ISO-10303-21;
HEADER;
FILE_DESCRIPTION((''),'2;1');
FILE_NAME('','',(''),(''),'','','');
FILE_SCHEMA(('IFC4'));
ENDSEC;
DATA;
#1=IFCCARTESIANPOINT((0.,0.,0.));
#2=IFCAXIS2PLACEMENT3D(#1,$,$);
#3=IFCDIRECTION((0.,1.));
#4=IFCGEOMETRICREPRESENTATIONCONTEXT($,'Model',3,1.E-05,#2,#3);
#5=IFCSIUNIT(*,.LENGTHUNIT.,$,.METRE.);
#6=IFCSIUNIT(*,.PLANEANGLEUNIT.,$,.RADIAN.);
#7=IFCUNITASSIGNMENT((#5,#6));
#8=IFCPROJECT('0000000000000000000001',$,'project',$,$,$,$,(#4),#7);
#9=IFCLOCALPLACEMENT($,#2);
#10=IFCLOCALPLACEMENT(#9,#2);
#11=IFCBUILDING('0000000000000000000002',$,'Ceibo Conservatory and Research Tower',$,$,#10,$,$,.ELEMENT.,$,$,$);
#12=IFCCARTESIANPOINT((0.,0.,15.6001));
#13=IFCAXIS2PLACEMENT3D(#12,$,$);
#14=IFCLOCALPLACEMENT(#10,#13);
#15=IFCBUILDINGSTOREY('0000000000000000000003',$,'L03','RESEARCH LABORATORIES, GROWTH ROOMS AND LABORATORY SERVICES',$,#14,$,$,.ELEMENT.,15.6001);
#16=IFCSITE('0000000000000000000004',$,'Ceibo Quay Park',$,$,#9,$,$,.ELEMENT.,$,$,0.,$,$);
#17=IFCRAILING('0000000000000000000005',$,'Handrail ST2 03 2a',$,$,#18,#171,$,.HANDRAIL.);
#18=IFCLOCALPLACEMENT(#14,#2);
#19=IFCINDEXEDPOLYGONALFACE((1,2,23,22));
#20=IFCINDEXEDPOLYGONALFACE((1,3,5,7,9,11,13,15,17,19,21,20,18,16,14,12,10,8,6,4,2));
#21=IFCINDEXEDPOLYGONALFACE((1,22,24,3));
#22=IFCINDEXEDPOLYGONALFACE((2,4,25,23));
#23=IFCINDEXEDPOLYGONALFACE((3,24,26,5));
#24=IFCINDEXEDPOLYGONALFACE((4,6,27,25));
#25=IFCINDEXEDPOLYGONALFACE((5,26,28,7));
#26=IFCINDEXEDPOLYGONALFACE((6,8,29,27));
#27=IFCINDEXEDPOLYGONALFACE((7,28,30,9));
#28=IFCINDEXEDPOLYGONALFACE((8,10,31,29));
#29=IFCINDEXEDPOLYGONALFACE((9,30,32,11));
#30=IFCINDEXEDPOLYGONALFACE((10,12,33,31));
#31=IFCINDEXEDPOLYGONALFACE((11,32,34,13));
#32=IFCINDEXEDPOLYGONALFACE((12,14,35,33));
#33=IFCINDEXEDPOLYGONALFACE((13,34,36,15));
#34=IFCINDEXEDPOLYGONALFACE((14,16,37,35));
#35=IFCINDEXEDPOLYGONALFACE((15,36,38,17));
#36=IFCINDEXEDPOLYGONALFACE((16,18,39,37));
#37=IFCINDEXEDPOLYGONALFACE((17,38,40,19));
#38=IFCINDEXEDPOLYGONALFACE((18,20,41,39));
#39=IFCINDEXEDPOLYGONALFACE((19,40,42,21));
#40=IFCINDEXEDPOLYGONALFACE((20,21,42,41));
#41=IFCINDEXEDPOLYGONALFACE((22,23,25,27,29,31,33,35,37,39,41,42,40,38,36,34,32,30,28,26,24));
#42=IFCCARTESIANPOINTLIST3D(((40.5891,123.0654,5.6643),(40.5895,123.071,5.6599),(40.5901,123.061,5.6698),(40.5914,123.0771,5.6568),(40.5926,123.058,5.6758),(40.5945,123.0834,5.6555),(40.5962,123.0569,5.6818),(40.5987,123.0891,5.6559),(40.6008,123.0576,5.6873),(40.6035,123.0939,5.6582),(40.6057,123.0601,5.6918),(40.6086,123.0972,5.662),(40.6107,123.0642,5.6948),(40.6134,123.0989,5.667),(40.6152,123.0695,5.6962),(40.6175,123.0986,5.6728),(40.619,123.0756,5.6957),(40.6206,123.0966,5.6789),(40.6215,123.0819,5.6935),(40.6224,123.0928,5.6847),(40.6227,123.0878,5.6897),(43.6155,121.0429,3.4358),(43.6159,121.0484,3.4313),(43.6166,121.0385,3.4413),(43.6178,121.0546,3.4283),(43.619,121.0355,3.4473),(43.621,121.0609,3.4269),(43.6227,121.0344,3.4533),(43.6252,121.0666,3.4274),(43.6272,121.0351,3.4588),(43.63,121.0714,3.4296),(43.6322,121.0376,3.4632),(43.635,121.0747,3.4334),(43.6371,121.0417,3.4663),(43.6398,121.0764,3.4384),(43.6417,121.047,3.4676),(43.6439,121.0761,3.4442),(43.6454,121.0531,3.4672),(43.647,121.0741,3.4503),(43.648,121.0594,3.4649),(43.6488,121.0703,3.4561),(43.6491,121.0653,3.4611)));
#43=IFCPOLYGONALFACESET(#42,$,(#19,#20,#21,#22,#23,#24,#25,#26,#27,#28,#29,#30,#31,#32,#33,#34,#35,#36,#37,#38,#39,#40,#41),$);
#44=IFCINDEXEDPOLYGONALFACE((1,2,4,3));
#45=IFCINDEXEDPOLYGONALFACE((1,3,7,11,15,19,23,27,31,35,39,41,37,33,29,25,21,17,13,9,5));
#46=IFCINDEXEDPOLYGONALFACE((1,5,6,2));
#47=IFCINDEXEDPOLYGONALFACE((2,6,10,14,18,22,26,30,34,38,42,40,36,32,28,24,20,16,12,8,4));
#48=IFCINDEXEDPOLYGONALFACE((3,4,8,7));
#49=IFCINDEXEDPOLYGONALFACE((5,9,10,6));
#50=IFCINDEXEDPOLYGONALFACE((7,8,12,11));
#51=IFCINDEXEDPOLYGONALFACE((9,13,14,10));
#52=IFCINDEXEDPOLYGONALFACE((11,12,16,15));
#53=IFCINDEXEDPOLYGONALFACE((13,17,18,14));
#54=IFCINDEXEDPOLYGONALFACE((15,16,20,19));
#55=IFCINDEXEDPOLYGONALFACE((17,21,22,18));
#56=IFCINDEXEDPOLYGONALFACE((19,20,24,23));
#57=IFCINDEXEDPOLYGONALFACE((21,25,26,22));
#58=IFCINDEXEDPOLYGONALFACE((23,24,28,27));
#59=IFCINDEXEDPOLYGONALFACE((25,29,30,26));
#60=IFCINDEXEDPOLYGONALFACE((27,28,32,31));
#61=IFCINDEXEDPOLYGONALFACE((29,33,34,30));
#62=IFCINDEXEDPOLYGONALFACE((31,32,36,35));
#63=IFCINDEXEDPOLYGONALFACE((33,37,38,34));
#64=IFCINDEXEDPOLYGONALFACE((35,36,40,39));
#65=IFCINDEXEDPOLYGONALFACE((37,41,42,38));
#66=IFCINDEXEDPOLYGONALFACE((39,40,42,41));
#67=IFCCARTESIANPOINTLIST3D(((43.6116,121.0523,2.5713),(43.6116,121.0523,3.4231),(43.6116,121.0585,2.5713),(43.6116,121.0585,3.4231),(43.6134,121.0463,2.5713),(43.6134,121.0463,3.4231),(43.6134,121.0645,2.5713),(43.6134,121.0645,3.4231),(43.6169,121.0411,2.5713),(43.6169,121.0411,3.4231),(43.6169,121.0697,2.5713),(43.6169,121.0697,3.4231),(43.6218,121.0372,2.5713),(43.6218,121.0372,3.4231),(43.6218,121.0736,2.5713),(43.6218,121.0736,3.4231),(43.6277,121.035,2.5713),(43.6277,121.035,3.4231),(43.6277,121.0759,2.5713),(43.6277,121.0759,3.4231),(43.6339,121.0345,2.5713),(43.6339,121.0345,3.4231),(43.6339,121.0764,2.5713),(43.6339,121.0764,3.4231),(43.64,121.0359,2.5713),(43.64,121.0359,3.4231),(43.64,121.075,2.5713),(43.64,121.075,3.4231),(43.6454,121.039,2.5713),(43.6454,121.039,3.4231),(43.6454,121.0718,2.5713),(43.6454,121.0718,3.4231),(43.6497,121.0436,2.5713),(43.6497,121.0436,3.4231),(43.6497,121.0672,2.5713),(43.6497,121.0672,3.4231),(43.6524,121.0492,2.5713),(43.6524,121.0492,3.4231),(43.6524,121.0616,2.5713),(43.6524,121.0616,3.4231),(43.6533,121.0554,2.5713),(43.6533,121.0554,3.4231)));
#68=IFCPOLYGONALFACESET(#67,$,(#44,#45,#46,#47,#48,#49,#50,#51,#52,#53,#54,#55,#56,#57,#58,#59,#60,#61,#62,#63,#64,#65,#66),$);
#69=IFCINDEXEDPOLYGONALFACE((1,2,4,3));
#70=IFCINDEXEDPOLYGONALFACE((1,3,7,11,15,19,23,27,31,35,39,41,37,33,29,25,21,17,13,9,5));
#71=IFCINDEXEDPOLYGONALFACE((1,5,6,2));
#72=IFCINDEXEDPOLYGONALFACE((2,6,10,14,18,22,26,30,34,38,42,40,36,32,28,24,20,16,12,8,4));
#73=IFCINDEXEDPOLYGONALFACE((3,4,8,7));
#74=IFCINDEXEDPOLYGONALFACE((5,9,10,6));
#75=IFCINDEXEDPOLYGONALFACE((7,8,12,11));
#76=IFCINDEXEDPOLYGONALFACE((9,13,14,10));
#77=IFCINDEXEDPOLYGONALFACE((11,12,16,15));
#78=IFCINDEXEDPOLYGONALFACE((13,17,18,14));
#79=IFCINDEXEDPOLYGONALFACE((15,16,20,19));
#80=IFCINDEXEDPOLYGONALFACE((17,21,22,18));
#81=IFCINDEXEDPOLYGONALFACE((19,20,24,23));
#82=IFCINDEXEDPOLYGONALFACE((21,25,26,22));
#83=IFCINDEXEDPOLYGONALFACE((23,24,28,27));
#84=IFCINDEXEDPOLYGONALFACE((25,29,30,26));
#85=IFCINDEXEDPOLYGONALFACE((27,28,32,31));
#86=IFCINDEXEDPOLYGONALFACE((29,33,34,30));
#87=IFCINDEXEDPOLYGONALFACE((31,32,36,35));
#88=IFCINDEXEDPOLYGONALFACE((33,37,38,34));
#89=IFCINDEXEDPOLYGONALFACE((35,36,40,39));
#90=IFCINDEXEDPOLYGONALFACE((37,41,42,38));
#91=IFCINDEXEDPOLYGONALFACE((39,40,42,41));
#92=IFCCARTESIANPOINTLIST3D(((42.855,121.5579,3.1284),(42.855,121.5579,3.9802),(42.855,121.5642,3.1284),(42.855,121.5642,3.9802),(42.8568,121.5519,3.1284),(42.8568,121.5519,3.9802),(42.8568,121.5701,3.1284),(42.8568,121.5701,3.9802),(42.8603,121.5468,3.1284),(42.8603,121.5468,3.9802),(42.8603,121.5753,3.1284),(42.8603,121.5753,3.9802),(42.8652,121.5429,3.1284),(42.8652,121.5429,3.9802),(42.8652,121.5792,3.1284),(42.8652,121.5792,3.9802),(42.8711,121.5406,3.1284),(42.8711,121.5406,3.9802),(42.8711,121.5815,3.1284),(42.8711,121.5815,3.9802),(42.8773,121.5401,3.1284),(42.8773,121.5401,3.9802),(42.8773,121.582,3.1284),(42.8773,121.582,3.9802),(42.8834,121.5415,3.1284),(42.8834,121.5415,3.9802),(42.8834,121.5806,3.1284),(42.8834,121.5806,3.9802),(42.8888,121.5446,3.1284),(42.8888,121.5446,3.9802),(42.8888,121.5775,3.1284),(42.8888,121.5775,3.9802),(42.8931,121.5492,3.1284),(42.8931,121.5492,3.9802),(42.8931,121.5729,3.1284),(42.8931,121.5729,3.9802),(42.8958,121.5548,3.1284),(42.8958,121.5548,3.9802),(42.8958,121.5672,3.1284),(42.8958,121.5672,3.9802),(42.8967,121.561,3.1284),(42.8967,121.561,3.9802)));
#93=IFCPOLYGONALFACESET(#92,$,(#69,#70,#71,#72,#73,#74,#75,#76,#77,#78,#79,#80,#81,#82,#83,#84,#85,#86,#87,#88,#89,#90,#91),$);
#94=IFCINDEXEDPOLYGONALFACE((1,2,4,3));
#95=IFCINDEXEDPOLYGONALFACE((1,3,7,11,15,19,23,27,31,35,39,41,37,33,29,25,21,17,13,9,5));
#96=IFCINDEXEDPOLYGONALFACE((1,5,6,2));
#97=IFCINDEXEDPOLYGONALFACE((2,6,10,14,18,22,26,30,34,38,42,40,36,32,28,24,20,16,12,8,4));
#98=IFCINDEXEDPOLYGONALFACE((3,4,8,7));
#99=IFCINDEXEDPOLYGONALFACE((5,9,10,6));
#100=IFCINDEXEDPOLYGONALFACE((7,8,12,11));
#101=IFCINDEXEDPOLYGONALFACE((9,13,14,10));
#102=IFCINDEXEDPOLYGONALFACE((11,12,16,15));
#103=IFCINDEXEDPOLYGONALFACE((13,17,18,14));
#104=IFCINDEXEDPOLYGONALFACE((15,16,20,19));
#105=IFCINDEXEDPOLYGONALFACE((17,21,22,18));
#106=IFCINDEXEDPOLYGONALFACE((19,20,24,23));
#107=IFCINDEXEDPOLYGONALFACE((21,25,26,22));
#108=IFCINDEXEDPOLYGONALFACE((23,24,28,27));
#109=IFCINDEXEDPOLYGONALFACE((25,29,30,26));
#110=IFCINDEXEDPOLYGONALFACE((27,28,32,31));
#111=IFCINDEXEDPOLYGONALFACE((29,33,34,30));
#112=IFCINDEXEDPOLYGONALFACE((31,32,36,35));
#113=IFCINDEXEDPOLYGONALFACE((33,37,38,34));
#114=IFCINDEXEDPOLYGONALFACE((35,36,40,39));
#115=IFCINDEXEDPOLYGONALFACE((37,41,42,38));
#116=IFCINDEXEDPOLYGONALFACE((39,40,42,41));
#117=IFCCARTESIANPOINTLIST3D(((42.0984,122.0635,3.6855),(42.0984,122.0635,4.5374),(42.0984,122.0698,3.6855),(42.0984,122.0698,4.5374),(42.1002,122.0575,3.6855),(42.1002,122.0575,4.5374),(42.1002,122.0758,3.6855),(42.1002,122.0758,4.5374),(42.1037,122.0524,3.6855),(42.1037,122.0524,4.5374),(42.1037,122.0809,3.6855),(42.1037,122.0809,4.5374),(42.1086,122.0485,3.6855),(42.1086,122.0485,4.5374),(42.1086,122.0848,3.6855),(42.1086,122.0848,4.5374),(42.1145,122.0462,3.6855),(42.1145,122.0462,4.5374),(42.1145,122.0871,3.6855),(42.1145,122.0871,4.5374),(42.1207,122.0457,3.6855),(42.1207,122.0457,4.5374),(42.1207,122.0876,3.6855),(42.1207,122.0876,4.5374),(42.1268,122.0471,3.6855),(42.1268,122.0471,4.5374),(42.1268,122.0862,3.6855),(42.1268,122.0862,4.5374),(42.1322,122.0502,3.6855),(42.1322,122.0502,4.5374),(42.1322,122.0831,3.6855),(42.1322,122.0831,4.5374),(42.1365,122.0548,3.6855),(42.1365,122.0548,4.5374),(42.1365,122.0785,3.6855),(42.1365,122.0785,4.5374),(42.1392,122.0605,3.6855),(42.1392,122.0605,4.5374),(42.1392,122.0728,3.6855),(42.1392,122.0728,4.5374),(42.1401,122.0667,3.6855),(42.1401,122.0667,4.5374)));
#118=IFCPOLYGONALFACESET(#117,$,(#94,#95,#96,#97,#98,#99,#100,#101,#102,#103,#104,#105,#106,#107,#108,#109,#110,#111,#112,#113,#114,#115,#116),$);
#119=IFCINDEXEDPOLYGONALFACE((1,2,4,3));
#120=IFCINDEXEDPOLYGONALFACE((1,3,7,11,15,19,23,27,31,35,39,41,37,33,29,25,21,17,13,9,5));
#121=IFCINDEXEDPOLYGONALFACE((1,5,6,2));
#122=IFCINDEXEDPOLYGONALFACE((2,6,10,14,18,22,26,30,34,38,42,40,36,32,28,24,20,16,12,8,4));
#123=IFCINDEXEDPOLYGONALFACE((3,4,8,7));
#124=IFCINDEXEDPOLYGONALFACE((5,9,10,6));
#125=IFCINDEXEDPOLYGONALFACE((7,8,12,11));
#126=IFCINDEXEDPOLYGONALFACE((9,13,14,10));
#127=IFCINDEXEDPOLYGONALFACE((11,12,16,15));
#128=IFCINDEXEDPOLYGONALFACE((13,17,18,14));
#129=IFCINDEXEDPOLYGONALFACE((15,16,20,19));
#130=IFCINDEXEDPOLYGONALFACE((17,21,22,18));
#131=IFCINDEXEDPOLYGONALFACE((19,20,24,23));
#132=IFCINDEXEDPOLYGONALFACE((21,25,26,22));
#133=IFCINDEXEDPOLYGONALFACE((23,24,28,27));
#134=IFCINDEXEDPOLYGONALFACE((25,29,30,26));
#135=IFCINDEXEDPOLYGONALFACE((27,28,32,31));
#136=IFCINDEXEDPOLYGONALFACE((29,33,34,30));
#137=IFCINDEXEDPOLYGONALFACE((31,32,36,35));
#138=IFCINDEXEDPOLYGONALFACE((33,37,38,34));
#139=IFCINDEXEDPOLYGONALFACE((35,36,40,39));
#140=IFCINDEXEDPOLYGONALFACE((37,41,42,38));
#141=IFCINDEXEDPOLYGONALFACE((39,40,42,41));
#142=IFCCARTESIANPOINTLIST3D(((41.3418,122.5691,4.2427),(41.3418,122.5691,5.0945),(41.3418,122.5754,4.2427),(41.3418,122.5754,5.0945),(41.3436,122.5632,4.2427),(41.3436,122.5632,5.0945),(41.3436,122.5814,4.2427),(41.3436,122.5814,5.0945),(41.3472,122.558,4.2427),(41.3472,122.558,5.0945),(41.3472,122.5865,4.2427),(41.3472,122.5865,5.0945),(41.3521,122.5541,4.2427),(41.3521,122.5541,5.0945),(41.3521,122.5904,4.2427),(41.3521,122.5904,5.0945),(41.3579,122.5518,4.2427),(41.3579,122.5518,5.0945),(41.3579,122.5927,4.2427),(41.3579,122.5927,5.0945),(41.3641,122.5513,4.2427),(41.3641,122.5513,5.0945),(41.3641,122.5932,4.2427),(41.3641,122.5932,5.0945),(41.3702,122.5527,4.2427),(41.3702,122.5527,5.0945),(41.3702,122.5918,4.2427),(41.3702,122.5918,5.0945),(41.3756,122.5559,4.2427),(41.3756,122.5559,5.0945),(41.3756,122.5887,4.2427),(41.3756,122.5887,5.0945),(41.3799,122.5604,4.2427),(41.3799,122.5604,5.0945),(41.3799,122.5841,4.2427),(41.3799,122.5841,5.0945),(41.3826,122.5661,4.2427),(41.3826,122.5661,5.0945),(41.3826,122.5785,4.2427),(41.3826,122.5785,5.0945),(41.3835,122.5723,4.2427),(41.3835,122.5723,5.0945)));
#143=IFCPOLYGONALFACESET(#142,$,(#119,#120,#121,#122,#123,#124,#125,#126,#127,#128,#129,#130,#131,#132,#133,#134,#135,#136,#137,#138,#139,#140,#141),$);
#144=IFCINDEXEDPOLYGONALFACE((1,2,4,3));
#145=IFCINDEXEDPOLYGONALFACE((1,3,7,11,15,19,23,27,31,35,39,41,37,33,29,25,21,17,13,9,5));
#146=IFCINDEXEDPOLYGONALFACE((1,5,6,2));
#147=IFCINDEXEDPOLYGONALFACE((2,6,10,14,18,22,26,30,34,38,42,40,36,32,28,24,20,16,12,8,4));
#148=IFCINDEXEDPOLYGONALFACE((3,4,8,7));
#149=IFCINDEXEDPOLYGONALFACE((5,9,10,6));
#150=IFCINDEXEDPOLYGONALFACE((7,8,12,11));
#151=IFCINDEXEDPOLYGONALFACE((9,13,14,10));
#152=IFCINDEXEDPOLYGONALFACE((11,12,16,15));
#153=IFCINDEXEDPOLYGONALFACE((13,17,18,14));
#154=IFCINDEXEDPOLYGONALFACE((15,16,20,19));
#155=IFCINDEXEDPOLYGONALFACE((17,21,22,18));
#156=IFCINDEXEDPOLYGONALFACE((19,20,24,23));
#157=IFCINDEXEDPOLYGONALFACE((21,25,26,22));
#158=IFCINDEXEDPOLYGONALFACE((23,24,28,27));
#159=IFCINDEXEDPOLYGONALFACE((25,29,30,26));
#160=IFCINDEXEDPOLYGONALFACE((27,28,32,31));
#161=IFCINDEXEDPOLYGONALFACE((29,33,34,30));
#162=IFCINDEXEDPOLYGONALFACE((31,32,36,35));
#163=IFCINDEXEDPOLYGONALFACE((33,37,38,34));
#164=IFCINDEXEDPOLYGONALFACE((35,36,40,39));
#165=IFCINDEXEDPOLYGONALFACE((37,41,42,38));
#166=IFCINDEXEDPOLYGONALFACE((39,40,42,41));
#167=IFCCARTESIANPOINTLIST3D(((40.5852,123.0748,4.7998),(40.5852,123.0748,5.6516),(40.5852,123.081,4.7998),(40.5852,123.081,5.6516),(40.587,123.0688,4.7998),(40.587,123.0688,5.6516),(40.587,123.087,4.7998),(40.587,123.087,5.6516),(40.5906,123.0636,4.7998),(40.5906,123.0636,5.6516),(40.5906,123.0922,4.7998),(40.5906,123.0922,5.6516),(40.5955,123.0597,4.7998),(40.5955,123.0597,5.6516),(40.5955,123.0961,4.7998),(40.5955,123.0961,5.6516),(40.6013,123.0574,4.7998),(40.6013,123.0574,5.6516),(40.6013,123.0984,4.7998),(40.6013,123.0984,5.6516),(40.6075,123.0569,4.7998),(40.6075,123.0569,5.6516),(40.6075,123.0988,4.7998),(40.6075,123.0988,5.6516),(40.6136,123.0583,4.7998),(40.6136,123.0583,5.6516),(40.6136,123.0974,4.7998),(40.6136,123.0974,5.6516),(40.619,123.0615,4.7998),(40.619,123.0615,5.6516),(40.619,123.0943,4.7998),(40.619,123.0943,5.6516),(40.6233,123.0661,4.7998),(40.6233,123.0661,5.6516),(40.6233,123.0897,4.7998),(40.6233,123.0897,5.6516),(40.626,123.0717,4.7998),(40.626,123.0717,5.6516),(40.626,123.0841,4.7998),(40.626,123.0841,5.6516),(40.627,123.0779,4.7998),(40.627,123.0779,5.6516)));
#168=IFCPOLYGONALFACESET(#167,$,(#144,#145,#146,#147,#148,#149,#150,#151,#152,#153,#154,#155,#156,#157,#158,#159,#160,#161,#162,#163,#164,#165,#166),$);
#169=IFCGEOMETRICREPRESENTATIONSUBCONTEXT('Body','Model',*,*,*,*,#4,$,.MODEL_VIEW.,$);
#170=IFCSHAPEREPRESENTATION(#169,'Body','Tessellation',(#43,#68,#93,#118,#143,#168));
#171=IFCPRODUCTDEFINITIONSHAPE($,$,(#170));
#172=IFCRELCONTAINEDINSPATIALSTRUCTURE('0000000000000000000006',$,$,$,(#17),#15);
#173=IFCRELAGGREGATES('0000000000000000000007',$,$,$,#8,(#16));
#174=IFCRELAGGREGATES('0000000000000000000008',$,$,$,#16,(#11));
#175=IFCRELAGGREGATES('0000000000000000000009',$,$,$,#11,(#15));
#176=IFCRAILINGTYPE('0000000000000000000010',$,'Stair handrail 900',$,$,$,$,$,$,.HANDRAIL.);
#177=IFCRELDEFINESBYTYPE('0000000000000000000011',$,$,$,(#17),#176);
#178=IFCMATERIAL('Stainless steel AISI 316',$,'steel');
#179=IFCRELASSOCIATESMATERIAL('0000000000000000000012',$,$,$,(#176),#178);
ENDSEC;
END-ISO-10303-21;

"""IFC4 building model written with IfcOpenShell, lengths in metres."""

from ifc_helpers import new_model, si_unit, direction, frame, origin, origin_2d, place, context, subcontext, project, spatial, circle, extrude, material, type_object, element, save


model = new_model("IFC4")

# Units and contexts
model_context = context("Model", 3, precision=1e-05, world=origin(), true_north=direction((0.0, 1.0)))
body_context = subcontext(model_context, "Body", "Model", "MODEL_VIEW")
ifc_project = project(units=[si_unit("LENGTHUNIT", "METRE"), si_unit("PLANEANGLEUNIT", "RADIAN")], contexts=[model_context])

# Site, building, storey
site_placement = place(None, origin())
site = spatial("IfcSite", under=ifc_project, at=site_placement, Name="Ceibo Quay Park", CompositionType="ELEMENT", RefElevation=0.0)
building_placement = place(site_placement, origin())
building = spatial("IfcBuilding", under=site, at=building_placement, Name="Ceibo Conservatory and Research Tower", CompositionType="ELEMENT")
storey_placement = place(building_placement, frame((0.0, 0.0, 15.6001)))
storey = spatial("IfcBuildingStorey", under=building, at=storey_placement, Name="L03", Description="RESEARCH LABORATORIES, GROWTH ROOMS AND LABORATORY SERVICES", CompositionType="ELEMENT", Elevation=15.6001)

# Shared definitions
ifc_material_1 = material(Name="Stainless steel AISI 316", Category="steel")

# Railing
railing_type = type_object("IfcRailingType", Name="Stair handrail 900", PredefinedType="HANDRAIL", material=ifc_material_1)
railing_1_placement = place(storey_placement, frame((43.6323, 121.0554, 2.5713)))
element("IfcRailing", 1, at=railing_1_placement, inside=storey, type_object=railing_type, Name="Handrail ST2 03 2a", PredefinedType="HANDRAIL", context=body_context, shape_type="SweptSolid", body=[
    extrude(circle(Radius=0.0239, at=origin_2d()), frame((0.0, 0.0, 0.876), z_axis=(-0.709089, 0.47387, 0.522149), x_axis=(-0.555629, -0.831431, 0.0)), (0.0, 0.0, 1.0), 4.2681),
    extrude(circle(Radius=0.021, at=origin_2d()), origin(), (0.0, 0.0, 1.0), 0.8518),
    extrude(circle(Radius=0.021, at=origin_2d()), frame((-0.7566, 0.5056, 0.5571)), (0.0, 0.0, 1.0), 0.8518),
    extrude(circle(Radius=0.021, at=origin_2d()), frame((-1.5132, 1.0112, 1.1143)), (0.0, 0.0, 1.0), 0.8518),
    extrude(circle(Radius=0.021, at=origin_2d()), frame((-2.2698, 1.5168, 1.6714)), (0.0, 0.0, 1.0), 0.8518),
    extrude(circle(Radius=0.021, at=origin_2d()), frame((-3.0264, 2.0225, 2.2285)), (0.0, 0.0, 1.0), 0.8518),
])

save(model, "model.ifc")
